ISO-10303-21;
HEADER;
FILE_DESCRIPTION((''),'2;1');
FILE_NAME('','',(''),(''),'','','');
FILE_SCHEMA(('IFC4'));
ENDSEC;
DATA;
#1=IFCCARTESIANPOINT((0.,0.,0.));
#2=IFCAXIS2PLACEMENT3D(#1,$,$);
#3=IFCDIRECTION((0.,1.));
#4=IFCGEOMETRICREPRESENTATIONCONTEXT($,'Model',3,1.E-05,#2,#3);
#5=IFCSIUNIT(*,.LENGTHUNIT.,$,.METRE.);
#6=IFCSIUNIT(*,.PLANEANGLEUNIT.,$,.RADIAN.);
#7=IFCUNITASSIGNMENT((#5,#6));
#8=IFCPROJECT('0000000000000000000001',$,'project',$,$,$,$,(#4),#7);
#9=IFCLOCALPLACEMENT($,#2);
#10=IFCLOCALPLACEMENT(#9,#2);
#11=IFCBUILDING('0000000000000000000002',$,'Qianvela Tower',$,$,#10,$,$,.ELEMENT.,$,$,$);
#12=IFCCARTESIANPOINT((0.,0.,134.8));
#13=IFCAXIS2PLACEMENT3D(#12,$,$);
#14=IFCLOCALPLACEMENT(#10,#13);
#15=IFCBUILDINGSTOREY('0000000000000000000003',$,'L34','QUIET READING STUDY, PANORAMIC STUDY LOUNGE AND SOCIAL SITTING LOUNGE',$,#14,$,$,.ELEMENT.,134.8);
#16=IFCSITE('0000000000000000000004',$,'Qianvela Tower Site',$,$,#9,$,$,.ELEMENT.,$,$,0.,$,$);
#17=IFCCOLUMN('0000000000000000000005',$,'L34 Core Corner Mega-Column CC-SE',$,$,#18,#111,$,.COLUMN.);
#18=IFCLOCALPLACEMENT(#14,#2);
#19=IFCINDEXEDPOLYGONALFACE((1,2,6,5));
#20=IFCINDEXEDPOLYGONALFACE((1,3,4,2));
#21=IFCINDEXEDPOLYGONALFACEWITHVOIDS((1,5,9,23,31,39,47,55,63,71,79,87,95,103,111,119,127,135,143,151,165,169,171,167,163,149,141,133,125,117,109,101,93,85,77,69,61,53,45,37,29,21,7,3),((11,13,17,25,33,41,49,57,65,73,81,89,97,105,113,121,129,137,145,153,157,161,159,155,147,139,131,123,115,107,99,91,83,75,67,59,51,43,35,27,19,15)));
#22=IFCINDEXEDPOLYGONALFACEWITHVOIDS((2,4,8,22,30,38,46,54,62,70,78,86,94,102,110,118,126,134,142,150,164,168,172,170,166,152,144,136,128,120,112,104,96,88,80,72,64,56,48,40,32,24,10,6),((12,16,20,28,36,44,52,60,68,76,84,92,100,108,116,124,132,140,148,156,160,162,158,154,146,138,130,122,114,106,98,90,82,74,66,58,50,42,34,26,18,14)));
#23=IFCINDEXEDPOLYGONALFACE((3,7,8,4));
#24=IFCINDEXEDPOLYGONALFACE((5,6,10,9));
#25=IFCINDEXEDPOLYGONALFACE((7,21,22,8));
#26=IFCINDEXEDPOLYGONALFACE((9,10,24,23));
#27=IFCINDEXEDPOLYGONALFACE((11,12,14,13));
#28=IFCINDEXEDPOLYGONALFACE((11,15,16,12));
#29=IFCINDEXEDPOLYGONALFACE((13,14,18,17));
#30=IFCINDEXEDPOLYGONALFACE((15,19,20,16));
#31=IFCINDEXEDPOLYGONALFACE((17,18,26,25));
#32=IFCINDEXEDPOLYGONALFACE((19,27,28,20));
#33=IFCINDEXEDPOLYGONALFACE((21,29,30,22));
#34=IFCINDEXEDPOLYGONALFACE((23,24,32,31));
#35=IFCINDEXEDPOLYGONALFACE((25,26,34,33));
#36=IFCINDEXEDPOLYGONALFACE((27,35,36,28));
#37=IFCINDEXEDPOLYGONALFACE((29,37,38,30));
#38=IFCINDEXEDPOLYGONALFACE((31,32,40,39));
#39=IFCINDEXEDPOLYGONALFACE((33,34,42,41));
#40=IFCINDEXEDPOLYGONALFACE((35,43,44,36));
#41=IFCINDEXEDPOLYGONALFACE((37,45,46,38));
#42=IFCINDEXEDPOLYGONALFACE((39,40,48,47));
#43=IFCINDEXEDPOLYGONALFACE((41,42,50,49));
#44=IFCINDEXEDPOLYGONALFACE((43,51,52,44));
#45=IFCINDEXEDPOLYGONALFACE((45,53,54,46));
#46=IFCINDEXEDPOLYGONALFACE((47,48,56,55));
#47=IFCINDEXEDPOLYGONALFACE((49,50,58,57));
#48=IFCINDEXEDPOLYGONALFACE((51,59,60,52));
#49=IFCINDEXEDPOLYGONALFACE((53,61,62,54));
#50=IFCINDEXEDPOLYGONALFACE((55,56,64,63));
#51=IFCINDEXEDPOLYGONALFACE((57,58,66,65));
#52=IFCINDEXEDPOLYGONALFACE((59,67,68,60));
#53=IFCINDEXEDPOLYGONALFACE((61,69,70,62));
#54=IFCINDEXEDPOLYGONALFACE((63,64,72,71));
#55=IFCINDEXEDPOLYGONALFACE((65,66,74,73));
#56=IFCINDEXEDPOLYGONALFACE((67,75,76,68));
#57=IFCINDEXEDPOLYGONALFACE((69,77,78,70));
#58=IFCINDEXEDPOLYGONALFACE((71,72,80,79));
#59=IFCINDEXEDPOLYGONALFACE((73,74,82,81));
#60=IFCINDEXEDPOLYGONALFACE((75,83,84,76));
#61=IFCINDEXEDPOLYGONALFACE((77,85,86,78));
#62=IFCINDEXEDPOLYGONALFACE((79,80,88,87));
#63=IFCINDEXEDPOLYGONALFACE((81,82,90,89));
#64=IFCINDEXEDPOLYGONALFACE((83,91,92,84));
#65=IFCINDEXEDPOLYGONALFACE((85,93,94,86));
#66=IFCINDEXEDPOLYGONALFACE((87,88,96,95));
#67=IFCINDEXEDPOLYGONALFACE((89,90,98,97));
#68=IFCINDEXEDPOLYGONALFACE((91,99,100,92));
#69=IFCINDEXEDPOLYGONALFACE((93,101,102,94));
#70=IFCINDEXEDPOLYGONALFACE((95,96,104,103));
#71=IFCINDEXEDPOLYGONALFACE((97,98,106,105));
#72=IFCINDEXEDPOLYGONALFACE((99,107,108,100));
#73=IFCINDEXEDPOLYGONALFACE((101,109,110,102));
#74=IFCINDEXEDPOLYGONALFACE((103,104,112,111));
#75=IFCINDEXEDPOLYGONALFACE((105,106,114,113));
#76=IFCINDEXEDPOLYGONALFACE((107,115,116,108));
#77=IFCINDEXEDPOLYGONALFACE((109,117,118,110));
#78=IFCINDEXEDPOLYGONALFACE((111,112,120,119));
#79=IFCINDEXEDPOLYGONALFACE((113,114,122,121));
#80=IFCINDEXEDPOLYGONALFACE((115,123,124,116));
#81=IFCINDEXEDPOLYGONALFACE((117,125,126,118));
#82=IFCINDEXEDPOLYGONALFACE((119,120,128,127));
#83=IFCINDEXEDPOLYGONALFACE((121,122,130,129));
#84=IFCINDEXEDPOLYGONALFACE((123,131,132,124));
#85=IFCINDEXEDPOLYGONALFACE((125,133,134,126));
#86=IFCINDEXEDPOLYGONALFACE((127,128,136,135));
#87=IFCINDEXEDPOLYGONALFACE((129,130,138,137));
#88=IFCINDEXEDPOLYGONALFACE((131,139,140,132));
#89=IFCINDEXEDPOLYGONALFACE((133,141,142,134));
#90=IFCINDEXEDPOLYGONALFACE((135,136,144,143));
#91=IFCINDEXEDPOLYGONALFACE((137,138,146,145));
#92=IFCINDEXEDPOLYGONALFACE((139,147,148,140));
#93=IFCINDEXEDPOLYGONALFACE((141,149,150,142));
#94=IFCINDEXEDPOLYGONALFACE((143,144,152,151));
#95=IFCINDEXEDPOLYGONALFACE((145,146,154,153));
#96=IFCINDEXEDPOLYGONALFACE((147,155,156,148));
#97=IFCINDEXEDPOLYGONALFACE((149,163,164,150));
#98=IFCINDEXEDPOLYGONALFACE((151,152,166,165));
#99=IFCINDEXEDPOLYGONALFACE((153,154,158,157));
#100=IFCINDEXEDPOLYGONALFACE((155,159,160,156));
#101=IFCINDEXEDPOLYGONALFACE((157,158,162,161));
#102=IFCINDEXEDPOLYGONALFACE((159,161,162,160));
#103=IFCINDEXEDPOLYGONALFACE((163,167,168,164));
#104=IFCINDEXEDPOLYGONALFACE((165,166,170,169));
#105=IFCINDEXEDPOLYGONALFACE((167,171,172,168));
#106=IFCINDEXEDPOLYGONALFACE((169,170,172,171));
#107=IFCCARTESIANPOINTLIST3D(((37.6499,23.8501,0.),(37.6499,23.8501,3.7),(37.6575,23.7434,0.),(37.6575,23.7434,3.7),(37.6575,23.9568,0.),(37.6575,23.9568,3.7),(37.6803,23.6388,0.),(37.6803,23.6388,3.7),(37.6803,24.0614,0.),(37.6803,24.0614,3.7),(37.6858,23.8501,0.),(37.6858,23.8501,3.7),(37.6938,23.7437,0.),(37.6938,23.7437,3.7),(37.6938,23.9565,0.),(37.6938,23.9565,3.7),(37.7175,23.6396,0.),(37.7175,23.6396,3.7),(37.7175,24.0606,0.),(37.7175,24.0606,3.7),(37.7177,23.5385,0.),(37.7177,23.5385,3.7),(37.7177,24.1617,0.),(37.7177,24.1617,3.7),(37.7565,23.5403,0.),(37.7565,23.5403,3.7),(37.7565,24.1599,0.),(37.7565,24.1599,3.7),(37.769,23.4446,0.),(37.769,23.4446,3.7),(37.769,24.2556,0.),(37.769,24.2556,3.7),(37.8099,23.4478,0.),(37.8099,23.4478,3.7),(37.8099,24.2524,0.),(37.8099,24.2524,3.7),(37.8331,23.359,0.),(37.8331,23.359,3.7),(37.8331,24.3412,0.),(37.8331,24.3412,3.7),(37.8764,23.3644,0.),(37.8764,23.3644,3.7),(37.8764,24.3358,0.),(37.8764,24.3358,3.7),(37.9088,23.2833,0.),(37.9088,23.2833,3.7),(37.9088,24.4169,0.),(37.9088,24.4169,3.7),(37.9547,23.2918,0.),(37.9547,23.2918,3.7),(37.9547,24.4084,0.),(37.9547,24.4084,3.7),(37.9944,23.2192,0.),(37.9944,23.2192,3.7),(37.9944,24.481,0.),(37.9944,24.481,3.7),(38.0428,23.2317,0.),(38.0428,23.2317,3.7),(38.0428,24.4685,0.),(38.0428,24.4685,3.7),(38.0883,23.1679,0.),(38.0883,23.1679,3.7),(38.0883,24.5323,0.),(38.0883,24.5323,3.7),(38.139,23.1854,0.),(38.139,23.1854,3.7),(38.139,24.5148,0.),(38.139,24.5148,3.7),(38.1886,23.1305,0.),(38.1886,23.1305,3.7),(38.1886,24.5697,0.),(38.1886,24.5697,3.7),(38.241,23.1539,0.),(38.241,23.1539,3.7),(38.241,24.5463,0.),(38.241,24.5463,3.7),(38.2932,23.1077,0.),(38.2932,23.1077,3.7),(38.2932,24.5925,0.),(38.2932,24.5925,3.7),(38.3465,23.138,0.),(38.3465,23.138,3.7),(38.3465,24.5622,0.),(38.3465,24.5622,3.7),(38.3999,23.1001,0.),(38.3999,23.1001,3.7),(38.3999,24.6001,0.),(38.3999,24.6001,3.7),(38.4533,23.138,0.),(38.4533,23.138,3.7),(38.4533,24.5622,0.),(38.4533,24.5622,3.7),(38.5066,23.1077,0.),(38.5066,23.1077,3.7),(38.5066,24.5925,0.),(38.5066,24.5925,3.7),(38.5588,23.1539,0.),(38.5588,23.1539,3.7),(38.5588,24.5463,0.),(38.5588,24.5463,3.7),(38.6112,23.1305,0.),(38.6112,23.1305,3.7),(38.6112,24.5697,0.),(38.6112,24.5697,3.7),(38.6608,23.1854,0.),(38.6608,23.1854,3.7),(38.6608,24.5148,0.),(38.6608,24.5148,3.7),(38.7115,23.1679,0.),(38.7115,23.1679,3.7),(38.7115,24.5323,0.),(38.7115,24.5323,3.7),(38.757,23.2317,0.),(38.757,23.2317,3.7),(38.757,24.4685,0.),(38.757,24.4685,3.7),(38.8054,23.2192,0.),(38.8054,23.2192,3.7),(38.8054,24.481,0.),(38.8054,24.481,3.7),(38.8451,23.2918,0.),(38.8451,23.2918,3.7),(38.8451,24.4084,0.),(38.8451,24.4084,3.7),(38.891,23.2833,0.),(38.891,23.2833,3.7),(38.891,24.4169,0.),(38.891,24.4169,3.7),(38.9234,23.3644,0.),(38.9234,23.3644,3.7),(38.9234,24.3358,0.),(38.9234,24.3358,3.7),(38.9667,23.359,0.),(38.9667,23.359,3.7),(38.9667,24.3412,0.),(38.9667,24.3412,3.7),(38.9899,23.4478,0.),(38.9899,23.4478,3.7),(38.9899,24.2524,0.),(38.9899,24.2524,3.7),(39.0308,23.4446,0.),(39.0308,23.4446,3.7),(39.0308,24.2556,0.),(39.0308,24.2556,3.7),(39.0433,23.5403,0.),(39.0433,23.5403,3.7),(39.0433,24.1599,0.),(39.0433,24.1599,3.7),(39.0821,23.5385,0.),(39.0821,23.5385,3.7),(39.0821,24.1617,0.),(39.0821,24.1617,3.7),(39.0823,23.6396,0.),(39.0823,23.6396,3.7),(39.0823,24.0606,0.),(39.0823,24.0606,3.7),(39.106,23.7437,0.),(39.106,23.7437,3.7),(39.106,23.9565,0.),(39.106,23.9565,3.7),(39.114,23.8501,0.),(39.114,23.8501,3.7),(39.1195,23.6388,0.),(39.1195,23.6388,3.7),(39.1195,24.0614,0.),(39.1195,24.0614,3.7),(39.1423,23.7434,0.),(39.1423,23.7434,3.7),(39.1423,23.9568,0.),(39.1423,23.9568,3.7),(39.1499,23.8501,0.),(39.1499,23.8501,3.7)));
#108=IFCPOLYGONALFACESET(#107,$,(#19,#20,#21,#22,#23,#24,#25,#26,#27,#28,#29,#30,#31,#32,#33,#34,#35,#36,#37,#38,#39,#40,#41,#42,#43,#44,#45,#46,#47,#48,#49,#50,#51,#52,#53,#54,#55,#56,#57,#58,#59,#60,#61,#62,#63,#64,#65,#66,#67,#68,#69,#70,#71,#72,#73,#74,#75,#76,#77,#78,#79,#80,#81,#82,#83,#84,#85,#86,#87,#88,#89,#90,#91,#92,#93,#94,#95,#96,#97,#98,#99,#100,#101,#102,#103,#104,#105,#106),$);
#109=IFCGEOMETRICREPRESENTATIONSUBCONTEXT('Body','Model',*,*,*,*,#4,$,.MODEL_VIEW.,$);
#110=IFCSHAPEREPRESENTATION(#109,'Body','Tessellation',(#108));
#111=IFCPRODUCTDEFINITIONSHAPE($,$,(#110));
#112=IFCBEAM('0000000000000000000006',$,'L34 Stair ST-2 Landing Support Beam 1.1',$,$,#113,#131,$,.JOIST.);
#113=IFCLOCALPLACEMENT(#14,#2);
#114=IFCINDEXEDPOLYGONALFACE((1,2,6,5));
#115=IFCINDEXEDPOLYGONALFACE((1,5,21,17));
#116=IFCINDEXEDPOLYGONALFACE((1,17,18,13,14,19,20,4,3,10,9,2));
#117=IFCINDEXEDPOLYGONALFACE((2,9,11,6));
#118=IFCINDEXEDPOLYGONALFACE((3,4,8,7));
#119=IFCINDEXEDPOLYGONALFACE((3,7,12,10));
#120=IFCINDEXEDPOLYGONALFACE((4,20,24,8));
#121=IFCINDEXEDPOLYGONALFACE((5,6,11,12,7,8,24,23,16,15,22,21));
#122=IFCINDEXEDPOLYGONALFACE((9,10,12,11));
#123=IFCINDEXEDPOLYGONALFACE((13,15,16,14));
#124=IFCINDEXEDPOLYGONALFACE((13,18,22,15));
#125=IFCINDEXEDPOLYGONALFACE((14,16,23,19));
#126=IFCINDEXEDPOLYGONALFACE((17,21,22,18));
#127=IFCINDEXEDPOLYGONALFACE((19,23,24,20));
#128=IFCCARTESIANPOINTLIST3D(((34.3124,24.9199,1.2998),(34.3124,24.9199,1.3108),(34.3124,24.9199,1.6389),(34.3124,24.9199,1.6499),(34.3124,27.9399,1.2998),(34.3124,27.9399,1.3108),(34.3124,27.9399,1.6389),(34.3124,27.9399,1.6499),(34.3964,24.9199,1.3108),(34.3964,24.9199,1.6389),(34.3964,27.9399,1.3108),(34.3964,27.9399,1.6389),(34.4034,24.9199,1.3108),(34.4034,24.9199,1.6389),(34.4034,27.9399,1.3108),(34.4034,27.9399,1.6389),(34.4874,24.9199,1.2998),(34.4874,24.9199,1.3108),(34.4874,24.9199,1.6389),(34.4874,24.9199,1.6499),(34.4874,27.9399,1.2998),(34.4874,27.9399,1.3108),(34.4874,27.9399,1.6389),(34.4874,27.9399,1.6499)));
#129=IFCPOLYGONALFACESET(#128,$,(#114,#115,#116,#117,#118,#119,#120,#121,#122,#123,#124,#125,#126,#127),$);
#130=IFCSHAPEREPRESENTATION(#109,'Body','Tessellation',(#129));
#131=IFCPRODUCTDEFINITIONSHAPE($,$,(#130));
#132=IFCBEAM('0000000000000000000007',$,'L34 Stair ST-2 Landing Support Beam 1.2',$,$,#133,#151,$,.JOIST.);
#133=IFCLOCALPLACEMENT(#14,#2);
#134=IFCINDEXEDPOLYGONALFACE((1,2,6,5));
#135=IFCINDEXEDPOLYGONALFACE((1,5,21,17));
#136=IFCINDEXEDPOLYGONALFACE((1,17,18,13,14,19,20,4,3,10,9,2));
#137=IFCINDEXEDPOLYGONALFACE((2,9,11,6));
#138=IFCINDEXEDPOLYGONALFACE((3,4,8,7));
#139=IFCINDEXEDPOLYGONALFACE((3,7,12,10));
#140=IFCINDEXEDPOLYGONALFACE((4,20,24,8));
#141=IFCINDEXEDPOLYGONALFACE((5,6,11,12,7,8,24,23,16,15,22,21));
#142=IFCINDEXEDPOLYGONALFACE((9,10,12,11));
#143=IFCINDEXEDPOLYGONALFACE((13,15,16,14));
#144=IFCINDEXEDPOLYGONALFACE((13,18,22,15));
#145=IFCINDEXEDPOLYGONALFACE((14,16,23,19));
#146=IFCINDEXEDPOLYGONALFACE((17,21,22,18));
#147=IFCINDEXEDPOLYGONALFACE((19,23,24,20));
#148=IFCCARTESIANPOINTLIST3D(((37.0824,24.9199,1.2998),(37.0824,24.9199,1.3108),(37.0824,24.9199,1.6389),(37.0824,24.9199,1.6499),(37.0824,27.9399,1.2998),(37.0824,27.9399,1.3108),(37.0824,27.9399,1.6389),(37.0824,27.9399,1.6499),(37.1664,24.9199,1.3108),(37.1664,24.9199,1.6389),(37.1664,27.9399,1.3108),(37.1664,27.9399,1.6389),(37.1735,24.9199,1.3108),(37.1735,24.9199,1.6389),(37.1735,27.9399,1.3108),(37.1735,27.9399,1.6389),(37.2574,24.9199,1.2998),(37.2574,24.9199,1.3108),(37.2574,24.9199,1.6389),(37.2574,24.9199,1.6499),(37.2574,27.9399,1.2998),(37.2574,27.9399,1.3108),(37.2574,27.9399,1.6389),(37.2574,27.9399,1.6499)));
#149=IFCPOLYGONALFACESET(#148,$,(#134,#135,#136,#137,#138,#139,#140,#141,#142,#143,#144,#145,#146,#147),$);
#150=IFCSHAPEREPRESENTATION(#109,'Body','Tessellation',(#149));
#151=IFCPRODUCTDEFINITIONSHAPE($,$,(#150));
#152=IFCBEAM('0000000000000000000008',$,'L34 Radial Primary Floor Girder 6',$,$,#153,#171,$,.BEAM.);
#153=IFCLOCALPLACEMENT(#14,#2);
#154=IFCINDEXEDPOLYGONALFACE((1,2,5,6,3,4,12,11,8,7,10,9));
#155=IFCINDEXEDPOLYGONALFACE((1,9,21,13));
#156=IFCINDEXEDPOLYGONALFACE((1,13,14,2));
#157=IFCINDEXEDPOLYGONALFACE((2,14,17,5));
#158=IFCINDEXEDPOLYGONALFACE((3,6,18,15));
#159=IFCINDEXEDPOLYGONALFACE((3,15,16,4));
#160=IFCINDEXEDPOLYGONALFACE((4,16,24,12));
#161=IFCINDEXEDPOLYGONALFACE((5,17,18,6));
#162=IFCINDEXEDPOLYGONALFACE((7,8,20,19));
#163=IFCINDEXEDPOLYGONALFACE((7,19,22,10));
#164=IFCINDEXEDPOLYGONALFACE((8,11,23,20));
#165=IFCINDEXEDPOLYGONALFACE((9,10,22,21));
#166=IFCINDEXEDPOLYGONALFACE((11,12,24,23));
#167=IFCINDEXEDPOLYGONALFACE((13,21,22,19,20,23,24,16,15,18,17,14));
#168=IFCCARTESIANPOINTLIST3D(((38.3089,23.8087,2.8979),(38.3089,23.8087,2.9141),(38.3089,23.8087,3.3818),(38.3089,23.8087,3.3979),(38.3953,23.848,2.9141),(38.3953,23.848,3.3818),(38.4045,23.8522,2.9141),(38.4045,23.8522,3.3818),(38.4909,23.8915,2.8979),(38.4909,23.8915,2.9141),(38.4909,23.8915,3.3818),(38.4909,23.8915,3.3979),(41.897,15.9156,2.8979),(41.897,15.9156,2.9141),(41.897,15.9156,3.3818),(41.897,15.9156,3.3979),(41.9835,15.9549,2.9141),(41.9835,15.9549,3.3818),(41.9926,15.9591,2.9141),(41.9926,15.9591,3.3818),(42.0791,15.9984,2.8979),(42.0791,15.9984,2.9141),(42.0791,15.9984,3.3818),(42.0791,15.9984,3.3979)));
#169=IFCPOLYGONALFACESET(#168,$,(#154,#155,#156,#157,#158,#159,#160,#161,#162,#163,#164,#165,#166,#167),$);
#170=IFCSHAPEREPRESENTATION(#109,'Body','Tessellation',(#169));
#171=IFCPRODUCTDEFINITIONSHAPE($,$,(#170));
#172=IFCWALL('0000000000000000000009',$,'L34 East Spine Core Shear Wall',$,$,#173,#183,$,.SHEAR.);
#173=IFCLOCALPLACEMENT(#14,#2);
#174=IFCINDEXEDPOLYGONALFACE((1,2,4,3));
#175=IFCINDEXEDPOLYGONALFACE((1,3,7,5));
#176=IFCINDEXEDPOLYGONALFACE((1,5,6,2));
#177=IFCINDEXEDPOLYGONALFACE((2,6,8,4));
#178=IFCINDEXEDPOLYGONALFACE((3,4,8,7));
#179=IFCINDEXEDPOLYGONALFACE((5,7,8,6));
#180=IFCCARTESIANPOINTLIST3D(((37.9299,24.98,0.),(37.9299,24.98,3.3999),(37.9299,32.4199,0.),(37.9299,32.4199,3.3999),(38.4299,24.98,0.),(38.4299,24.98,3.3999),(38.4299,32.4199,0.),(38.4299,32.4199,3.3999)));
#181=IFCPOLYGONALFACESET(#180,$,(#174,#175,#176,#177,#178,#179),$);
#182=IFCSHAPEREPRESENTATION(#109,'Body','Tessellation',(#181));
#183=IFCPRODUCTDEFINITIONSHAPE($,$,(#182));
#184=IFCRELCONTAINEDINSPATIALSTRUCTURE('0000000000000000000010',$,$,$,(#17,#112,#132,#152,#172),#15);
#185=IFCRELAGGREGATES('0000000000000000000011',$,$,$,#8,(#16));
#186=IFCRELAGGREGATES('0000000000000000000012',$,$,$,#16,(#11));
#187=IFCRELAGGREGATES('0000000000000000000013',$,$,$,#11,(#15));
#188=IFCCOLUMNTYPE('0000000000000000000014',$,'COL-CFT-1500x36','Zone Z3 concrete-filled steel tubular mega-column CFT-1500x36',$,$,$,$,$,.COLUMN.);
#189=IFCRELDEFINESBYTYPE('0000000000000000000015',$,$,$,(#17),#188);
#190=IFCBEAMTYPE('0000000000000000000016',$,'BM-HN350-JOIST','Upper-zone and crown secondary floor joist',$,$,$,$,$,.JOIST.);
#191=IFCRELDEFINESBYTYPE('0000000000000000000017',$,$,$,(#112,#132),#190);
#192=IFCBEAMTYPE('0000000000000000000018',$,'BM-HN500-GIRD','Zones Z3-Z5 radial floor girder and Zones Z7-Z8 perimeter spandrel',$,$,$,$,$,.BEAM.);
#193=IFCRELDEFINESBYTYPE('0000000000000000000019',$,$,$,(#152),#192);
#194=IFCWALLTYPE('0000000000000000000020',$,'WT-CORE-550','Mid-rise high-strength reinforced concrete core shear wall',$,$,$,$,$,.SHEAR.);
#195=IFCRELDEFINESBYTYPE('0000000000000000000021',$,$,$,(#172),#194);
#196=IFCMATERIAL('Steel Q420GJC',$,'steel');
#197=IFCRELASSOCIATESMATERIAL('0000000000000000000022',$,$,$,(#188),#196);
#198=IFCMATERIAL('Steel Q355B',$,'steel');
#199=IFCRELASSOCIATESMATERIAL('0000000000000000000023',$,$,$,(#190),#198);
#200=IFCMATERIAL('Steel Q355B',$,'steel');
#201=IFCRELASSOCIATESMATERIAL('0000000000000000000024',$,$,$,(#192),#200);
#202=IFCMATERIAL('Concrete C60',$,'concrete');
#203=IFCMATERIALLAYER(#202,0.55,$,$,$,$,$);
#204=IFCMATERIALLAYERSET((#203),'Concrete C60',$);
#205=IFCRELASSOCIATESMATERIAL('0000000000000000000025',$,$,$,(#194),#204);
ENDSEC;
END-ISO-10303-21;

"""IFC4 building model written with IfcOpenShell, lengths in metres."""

from ifc_helpers import new_model, si_unit, direction, frame, frame_2d, origin, origin_2d, place, context, subcontext, project, spatial, rectangle, hollow_circle, i_section, extrude, material, layer, layer_set, material_profile, profile_set, type_object, element, save


model = new_model("IFC4")

# Units and contexts
model_context = context("Model", 3, precision=1e-05, world=origin(), true_north=direction((0.0, 1.0)))
body_context = subcontext(model_context, "Body", "Model", "MODEL_VIEW")
ifc_project = project(units=[si_unit("LENGTHUNIT", "METRE"), si_unit("PLANEANGLEUNIT", "RADIAN")], contexts=[model_context])

# Site, building, storey
site_placement = place(None, origin())
site = spatial("IfcSite", under=ifc_project, at=site_placement, Name="Qianvela Tower Site", CompositionType="ELEMENT", RefElevation=0.0)
building_placement = place(site_placement, origin())
building = spatial("IfcBuilding", under=site, at=building_placement, Name="Qianvela Tower", CompositionType="ELEMENT")
storey_placement = place(building_placement, frame((0.0, 0.0, 134.8)))
storey = spatial("IfcBuildingStorey", under=building, at=storey_placement, Name="L34", Description="QUIET READING STUDY, PANORAMIC STUDY LOUNGE AND SOCIAL SITTING LOUNGE", CompositionType="ELEMENT", Elevation=134.8)

# Column
ifc_material_1 = material(Name="Steel Q420GJC", Category="steel")
ifc_material_profile_1 = material_profile(ifc_material_1, hollow_circle(Radius=0.75, WallThickness=0.0359, at=origin_2d()), Name="CFT-1500x36")
ifc_profile_set_1 = profile_set([ifc_material_profile_1], Name="Steel Q420GJC")
column_type = type_object("IfcColumnType", Name="COL-CFT-1500x36", Description="Zone Z3 concrete-filled steel tubular mega-column CFT-1500x36", PredefinedType="COLUMN", material=ifc_profile_set_1)
column_placement = place(storey_placement, frame((38.3999, 23.8501, 0.0), z_axis=(0.0, 0.0, 1.0), x_axis=(1.0, 0.0, 0.0)))
element("IfcColumn", 1, at=column_placement, inside=storey, type_object=column_type, Name="L34 Core Corner Mega-Column CC-SE", PredefinedType="COLUMN", context=body_context, shape_type="SweptSolid", body=[
    extrude(hollow_circle(Radius=0.75, WallThickness=0.0359, at=origin_2d()), origin(), (0.0, 0.0, 1.0), 3.7),
])

# Beams
ifc_material_2 = material(Name="Steel Q355B", Category="steel")
ifc_material_profile_2 = material_profile(ifc_material_2, i_section(OverallWidth=0.175, OverallDepth=0.3501, WebThickness=0.0071, FlangeThickness=0.011, at=origin_2d()), Name="HN350x175x7x11")
ifc_profile_set_2 = profile_set([ifc_material_profile_2], Name="Steel Q355B")
beam_type_1 = type_object("IfcBeamType", Name="BM-HN350-JOIST", Description="Upper-zone and crown secondary floor joist", PredefinedType="JOIST", material=ifc_profile_set_2)
for number, where, z_axis, x_axis, name in (
    (2, (34.3999, 24.9199, 1.4749), (0.0, 1.0, 0.0), (-1.0, 0.0, 0.0), "L34 Stair ST-2 Landing Support Beam 1.1"),
    (3, (37.1699, 24.9199, 1.4749), (0.0, 1.0, 0.0), (-1.0, 0.0, 0.0), "L34 Stair ST-2 Landing Support Beam 1.2"),
):
    element("IfcBeam", number, at=place(storey_placement, frame(where, z_axis=z_axis, x_axis=x_axis)), inside=storey, type_object=beam_type_1, Name=name, PredefinedType="JOIST", context=body_context, shape_type="SweptSolid", body=[
        extrude(i_section(OverallWidth=0.175, OverallDepth=0.3501, WebThickness=0.0071, FlangeThickness=0.011, at=origin_2d()), origin(), (0.0, 0.0, 1.0), 3.02),
    ])
ifc_material_3 = material(Name="Steel Q355B", Category="steel")
ifc_material_profile_3 = material_profile(ifc_material_3, i_section(OverallWidth=0.2, OverallDepth=0.5, WebThickness=0.01, FlangeThickness=0.0161, at=origin_2d()), Name="HN500x200x10x16")
ifc_profile_set_3 = profile_set([ifc_material_profile_3], Name="Steel Q355B")
beam_type_2 = type_object("IfcBeamType", Name="BM-HN500-GIRD", Description="Zones Z3-Z5 radial floor girder and Zones Z7-Z8 perimeter spandrel", PredefinedType="BEAM", material=ifc_profile_set_3)
beam_placement = place(storey_placement, frame((38.3999, 23.8501, 3.1479), z_axis=(0.413839, -0.91035, 0.0), x_axis=(0.91035, 0.413839, 0.0)))
element("IfcBeam", 4, at=beam_placement, inside=storey, type_object=beam_type_2, Name="L34 Radial Primary Floor Girder 6", PredefinedType="BEAM", context=body_context, shape_type="SweptSolid", body=[
    extrude(i_section(OverallWidth=0.2, OverallDepth=0.5, WebThickness=0.01, FlangeThickness=0.0161, at=origin_2d()), origin(), (0.0, 0.0, 1.0), 8.6704),
])

# Wall
ifc_material_4 = material(Name="Concrete C60", Category="concrete")
ifc_layer_1 = layer(ifc_material_4, 0.55)
ifc_layer_set_1 = layer_set([ifc_layer_1], Name="Concrete C60")
wall_type_1 = type_object("IfcWallType", Name="WT-CORE-550", Description="Mid-rise high-strength reinforced concrete core shear wall", PredefinedType="SHEAR", material=ifc_layer_set_1)
wall_1_placement = place(storey_placement, frame((38.1799, 24.98, 0.0), z_axis=(0.0, 0.0, 1.0), x_axis=(0.0, 1.0, 0.0)))
element("IfcWall", 5, at=wall_1_placement, inside=storey, type_object=wall_type_1, Name="L34 East Spine Core Shear Wall", PredefinedType="SHEAR", context=body_context, shape_type="SweptSolid", body=[
    extrude(rectangle(XDim=7.4399, YDim=0.5, at=frame_2d((3.72, 0.0))), origin(), (0.0, 0.0, 1.0), 3.3999),
])

save(model, "model.ifc")
